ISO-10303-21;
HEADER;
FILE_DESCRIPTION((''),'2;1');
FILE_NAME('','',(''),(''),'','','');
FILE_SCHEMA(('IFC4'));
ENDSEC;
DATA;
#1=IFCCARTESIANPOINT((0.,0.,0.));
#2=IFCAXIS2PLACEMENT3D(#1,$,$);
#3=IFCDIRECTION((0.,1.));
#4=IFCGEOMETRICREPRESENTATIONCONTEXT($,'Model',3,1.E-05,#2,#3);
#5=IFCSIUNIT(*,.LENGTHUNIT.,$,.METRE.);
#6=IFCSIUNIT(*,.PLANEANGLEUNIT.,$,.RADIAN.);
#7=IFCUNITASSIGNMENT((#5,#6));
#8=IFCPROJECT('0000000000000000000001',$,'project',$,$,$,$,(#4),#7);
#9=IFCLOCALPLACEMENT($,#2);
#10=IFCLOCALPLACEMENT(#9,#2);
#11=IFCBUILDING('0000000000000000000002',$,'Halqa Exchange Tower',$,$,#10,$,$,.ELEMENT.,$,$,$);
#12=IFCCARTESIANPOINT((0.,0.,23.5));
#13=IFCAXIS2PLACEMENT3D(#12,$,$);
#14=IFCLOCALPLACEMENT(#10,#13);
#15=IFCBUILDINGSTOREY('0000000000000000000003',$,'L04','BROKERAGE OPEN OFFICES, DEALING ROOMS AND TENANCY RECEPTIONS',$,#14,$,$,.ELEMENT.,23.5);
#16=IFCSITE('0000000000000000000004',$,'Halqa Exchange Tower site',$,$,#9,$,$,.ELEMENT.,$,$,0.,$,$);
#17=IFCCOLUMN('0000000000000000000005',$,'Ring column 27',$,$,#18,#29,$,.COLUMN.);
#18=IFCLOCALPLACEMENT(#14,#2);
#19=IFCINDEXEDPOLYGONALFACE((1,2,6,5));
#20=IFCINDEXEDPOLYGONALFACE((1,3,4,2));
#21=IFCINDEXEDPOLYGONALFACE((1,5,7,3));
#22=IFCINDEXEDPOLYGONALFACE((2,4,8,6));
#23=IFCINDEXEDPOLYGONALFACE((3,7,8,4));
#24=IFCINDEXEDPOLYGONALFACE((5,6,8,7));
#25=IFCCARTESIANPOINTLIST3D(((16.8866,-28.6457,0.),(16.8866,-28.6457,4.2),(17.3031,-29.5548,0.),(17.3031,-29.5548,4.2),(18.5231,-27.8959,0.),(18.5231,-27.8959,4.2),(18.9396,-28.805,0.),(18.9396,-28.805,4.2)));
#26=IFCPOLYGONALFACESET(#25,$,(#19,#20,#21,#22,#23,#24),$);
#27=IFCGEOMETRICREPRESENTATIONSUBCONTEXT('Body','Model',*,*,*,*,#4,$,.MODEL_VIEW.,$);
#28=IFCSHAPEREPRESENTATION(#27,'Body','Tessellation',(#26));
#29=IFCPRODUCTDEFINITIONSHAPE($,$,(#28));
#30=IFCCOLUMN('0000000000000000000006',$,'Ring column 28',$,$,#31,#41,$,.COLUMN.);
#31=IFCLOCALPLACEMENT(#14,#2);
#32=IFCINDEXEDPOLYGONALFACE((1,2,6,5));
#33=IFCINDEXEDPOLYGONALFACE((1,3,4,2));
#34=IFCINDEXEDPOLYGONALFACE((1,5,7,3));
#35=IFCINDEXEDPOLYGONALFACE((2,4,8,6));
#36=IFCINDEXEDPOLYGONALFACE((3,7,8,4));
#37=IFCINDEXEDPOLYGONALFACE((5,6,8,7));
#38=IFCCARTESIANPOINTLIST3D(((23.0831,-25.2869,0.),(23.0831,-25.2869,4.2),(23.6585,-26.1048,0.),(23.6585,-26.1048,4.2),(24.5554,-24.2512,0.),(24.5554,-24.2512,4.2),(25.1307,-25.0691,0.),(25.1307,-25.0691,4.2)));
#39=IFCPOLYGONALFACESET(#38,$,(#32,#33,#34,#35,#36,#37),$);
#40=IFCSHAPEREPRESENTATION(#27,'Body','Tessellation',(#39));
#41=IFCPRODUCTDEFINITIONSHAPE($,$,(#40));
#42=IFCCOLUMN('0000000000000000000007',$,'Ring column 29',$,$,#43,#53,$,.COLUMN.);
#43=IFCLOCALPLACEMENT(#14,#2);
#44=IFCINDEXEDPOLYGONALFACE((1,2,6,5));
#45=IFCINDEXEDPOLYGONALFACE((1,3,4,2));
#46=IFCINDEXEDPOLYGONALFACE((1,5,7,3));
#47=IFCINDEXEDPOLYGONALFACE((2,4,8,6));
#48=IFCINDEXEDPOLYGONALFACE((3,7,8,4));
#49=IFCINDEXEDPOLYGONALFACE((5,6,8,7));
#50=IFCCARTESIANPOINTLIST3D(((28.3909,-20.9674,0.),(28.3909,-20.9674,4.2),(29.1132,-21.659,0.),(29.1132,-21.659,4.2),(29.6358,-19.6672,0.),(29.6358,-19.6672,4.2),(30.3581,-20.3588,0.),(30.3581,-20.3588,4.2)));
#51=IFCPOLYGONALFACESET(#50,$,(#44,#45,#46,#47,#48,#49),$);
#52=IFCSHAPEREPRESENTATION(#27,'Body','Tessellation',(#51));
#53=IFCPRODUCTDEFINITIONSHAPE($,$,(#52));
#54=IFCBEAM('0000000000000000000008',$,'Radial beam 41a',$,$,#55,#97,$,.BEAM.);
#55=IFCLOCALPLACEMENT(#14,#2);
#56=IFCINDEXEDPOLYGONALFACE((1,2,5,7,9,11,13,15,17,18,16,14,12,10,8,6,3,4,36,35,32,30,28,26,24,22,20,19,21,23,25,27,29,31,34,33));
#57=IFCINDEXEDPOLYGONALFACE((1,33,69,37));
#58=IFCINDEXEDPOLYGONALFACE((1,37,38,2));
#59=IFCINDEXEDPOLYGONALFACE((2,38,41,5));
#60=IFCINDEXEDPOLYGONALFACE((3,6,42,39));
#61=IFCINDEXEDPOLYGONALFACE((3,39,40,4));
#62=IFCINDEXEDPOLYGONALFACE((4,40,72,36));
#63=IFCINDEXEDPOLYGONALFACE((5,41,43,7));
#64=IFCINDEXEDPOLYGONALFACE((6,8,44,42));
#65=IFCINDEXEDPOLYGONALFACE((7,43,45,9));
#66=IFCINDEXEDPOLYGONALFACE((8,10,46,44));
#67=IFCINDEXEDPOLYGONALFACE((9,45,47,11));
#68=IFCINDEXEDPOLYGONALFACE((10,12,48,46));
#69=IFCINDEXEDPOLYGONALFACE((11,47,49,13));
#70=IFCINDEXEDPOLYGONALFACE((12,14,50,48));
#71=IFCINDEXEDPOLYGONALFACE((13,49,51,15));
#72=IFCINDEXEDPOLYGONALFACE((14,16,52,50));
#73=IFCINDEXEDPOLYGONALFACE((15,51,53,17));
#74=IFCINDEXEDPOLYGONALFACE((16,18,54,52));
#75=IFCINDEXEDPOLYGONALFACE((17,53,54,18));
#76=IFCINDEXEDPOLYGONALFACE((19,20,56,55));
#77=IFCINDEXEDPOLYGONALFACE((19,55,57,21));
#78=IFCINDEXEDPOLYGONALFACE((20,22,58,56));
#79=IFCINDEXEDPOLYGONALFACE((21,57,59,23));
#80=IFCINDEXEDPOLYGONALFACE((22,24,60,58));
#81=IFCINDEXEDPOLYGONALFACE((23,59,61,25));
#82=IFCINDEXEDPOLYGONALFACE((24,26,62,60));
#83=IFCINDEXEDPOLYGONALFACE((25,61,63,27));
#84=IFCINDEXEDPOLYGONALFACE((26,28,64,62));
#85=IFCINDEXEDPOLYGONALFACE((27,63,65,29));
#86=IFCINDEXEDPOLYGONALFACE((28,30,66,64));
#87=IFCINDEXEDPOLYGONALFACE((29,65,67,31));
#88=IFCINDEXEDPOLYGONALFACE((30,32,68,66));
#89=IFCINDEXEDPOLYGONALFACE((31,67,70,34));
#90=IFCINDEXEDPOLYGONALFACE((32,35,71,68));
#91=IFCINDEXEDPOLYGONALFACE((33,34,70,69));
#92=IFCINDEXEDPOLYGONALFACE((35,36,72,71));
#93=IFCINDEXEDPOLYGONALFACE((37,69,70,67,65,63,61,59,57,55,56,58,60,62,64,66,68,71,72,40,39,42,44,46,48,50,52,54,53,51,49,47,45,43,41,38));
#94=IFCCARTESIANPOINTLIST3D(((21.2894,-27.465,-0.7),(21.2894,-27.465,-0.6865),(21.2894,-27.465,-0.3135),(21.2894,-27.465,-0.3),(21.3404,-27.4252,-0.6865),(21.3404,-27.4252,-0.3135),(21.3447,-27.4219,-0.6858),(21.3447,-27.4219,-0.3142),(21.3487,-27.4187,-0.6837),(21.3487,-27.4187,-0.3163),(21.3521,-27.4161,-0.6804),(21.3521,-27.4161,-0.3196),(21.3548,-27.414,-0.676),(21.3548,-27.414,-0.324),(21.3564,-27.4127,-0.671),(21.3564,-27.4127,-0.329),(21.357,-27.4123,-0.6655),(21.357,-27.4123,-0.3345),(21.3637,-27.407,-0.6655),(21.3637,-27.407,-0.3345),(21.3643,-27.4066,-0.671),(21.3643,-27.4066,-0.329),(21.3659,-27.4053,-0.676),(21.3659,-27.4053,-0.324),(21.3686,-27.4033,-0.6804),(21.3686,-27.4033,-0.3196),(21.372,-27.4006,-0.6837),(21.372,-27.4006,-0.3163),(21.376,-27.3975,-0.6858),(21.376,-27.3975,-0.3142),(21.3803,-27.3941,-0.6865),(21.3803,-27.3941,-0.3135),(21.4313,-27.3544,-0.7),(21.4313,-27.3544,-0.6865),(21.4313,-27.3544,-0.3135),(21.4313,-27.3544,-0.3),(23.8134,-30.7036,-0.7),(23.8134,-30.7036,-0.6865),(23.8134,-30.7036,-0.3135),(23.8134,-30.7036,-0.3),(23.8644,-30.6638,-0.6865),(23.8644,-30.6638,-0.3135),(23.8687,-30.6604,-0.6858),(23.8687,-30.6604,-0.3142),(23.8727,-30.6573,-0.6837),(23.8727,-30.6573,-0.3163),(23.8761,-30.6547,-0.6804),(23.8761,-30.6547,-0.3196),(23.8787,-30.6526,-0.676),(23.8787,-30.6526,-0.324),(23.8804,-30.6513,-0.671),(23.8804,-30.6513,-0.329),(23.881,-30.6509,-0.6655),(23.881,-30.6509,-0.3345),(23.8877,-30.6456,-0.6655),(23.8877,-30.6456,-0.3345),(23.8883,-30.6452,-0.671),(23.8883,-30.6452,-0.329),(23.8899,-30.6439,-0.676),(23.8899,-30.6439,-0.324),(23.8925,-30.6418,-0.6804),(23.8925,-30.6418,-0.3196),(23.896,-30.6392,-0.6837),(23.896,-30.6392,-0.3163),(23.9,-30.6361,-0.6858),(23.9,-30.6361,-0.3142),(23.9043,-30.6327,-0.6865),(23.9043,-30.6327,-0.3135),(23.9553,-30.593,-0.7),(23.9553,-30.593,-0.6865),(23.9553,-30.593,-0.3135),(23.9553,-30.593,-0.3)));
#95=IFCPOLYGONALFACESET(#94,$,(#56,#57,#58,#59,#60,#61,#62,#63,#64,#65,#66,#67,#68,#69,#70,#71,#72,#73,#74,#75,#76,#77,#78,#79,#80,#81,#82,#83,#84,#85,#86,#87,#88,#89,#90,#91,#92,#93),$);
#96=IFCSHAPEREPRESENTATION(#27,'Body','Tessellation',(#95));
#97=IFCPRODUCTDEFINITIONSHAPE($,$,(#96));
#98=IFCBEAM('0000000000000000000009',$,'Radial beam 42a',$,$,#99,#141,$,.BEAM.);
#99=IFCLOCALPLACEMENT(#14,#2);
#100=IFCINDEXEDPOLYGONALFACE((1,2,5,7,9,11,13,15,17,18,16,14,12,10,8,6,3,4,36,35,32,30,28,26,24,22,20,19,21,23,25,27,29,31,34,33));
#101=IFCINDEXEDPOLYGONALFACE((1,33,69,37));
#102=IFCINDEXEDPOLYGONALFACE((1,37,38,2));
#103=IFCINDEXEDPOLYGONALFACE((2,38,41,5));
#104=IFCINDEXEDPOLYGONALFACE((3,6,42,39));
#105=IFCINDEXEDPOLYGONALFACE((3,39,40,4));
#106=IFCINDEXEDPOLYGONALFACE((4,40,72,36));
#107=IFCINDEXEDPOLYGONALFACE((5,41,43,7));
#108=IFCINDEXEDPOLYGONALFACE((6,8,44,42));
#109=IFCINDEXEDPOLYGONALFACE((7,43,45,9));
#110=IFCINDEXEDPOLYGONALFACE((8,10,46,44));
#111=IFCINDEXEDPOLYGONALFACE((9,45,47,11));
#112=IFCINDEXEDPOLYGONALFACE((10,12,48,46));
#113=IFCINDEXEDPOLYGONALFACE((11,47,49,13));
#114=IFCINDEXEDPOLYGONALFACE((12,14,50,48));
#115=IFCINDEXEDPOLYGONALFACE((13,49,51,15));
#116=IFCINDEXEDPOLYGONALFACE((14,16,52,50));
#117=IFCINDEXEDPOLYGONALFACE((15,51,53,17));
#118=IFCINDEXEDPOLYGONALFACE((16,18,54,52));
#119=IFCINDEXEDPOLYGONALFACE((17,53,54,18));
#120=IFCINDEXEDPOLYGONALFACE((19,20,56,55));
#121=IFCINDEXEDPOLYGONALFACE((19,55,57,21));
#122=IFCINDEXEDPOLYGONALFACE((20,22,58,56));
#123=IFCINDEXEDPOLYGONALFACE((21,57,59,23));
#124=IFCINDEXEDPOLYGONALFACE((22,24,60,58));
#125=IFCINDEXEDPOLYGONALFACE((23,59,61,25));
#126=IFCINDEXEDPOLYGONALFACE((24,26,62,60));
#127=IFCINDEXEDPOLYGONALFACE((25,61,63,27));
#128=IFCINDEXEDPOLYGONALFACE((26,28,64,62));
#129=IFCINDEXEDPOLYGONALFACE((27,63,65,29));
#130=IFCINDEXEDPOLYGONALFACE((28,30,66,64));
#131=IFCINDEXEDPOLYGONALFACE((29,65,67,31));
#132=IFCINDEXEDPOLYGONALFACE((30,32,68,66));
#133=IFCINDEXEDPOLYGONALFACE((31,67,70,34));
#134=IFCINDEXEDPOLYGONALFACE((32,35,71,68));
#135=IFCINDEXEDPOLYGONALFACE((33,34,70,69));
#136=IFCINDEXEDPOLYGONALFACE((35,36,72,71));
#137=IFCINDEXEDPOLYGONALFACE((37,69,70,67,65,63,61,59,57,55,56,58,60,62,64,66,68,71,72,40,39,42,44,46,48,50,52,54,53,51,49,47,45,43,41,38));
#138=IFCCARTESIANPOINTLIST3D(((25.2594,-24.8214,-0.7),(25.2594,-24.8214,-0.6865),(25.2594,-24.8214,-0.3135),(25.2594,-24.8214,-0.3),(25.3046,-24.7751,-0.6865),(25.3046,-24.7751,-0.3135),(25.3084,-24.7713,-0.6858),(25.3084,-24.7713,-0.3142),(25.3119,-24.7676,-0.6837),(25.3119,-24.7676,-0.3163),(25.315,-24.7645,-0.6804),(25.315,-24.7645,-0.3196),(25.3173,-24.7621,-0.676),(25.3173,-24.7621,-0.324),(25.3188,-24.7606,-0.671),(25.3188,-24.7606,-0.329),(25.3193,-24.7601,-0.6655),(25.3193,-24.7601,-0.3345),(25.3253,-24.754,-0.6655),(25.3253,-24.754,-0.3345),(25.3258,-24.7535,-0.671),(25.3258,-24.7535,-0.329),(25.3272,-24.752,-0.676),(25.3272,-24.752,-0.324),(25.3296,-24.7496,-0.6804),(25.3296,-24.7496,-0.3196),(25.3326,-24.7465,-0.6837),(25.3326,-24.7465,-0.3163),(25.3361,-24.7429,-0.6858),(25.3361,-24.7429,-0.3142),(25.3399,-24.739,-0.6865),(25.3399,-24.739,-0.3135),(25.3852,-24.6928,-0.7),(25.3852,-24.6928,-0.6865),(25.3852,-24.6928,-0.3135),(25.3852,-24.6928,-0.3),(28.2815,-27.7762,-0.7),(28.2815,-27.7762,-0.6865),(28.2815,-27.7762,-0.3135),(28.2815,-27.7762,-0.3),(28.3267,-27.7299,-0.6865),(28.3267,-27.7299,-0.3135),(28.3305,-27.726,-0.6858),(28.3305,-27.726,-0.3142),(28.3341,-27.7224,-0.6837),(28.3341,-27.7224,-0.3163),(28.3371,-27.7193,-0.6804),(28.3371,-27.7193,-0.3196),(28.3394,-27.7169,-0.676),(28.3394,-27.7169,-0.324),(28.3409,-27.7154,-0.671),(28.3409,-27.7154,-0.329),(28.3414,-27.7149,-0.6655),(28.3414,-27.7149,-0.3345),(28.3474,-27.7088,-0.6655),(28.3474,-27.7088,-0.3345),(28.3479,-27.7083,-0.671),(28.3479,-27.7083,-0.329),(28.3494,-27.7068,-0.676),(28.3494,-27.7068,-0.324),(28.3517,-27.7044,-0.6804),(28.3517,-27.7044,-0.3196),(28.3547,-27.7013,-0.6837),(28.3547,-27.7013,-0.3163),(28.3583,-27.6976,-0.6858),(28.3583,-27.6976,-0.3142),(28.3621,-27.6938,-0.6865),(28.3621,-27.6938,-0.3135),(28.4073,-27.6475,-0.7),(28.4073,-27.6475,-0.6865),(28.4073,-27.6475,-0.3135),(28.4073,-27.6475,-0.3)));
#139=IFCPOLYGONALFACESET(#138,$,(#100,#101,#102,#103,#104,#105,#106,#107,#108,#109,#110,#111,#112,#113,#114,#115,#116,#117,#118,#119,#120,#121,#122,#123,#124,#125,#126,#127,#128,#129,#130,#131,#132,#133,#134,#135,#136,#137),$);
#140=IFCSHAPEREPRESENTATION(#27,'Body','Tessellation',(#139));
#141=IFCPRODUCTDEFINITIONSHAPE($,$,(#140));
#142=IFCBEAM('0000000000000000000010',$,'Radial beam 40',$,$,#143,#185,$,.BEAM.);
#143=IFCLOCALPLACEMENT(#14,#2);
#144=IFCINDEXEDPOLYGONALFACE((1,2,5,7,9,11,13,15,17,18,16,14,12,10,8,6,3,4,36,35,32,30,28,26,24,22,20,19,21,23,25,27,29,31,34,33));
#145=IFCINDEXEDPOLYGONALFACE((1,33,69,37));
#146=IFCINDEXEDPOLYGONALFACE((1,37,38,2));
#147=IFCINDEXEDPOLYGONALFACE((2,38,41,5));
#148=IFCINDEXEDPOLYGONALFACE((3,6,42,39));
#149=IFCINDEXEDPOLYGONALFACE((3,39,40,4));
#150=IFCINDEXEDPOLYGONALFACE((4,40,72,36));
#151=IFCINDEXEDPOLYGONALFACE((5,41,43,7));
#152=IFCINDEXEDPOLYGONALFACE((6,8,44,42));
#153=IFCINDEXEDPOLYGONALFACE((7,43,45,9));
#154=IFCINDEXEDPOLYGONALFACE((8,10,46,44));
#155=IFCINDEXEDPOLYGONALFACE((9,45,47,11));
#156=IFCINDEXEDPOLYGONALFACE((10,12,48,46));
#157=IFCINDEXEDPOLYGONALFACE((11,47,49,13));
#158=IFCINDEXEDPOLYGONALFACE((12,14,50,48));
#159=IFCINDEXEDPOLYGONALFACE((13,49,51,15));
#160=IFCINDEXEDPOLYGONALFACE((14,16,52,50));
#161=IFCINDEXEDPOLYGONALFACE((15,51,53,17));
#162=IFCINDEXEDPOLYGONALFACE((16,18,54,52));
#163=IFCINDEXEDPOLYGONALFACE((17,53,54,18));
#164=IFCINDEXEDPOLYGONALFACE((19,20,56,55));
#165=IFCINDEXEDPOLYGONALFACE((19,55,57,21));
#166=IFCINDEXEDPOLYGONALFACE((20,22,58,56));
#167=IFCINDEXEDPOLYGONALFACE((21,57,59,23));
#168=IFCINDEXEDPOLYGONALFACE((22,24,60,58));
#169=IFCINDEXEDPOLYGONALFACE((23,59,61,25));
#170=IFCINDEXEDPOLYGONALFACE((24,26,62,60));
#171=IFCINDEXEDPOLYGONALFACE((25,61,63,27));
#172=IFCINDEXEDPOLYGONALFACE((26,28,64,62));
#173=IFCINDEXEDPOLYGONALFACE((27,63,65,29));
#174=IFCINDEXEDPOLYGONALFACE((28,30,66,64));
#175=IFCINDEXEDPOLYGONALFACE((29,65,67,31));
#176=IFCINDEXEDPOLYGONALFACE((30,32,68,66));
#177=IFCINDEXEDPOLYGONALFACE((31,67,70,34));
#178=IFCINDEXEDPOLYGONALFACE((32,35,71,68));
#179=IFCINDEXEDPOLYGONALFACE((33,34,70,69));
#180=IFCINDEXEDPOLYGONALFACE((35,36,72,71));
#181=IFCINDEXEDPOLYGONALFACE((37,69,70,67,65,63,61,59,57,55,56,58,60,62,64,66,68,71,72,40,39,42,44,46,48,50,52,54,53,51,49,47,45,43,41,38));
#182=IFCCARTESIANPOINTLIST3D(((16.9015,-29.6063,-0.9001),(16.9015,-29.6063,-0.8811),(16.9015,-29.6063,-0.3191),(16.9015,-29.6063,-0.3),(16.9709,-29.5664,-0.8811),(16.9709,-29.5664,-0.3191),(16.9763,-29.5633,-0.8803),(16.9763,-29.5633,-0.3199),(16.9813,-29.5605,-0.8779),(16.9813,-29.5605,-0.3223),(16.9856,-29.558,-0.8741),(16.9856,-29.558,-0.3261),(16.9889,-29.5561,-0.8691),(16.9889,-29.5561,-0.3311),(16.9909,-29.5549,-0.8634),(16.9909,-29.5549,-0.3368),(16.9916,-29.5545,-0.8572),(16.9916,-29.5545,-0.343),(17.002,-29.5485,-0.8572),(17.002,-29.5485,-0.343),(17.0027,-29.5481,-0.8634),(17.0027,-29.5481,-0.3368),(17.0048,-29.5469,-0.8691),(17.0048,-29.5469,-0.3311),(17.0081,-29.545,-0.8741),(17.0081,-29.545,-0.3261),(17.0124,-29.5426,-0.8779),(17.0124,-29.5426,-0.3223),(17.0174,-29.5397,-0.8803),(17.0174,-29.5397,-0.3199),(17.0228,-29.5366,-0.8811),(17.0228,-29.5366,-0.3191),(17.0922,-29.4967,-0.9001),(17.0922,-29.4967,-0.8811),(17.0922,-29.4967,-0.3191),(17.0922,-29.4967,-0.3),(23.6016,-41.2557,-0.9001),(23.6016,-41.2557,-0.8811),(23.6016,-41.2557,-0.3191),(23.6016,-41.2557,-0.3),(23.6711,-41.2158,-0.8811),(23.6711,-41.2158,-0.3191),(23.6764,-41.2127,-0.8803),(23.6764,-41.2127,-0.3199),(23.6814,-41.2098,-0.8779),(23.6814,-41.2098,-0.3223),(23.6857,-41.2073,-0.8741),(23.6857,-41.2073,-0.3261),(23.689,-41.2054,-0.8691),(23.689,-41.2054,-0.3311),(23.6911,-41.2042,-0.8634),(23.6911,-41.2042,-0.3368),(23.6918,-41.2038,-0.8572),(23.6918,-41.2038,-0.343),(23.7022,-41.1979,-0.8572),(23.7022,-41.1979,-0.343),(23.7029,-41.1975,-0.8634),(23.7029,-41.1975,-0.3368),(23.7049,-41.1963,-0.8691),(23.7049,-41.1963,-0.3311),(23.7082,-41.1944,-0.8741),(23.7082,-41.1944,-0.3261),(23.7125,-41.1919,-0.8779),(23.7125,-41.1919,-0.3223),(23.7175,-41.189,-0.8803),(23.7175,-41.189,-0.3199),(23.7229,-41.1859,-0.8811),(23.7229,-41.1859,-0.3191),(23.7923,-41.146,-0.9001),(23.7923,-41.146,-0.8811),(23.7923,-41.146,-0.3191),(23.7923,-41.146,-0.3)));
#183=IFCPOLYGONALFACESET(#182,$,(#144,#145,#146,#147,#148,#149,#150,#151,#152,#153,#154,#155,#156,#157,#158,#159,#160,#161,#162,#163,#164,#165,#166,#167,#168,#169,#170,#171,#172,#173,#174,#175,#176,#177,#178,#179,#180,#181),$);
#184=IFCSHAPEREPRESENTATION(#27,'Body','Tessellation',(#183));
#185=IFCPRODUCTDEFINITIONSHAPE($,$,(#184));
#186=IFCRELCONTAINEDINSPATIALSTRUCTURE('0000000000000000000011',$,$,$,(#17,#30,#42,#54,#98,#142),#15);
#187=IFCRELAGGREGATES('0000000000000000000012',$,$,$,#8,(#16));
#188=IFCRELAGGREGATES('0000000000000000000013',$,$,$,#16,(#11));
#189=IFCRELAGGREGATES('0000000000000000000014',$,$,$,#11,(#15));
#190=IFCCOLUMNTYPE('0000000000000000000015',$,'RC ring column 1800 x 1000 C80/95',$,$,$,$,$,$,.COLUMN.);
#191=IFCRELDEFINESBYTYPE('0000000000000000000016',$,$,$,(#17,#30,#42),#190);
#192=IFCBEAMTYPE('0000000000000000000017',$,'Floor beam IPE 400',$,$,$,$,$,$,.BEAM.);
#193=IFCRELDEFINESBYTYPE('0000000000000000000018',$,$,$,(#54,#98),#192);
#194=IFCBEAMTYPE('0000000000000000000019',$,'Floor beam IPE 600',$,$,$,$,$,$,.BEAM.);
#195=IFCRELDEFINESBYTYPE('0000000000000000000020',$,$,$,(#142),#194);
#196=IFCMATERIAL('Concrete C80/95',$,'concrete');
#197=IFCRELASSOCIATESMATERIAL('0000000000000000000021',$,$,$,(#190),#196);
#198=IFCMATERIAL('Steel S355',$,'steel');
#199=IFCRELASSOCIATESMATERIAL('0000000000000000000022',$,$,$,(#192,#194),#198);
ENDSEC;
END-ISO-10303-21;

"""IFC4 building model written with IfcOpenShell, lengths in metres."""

from ifc_helpers import new_model, si_unit, direction, frame, origin, origin_2d, place, context, subcontext, project, spatial, rectangle, i_section, extrude, material, material_profile, profile_set, type_object, element, save


model = new_model("IFC4")

# Units and contexts
model_context = context("Model", 3, precision=1e-05, world=origin(), true_north=direction((0.0, 1.0)))
body_context = subcontext(model_context, "Body", "Model", "MODEL_VIEW")
ifc_project = project(units=[si_unit("LENGTHUNIT", "METRE"), si_unit("PLANEANGLEUNIT", "RADIAN")], contexts=[model_context])

# Site, building, storey
site_placement = place(None, origin())
site = spatial("IfcSite", under=ifc_project, at=site_placement, Name="Halqa Exchange Tower site", CompositionType="ELEMENT", RefElevation=0.0)
building_placement = place(site_placement, origin())
building = spatial("IfcBuilding", under=site, at=building_placement, Name="Halqa Exchange Tower", CompositionType="ELEMENT")
storey_placement = place(building_placement, frame((0.0, 0.0, 23.5)))
storey = spatial("IfcBuildingStorey", under=building, at=storey_placement, Name="L04", Description="BROKERAGE OPEN OFFICES, DEALING ROOMS AND TENANCY RECEPTIONS", CompositionType="ELEMENT", Elevation=23.5)

# Columns
ifc_material_1 = material(Name="Concrete C80/95", Category="concrete")
ifc_material_profile_1 = material_profile(ifc_material_1, rectangle(XDim=1.8, YDim=1.0, at=origin_2d()), Name="1800 x 1000")
ifc_profile_set_1 = profile_set([ifc_material_profile_1], Name="Concrete C80/95")
column_type = type_object("IfcColumnType", Name="RC ring column 1800 x 1000 C80/95", PredefinedType="COLUMN", material=ifc_profile_set_1)
for number, where, z_axis, x_axis, name in (
    (1, (17.9131, -28.7253, 0.0), (0.0, 0.0, 1.0), (0.909126, 0.416522, 0.0), "Ring column 27"),
    (2, (24.1069, -25.178, 0.0), (0.0, 0.0, 1.0), (0.817909, 0.575348, 0.0), "Ring column 28"),
    (3, (29.3745, -20.6631, 0.0), (0.0, 0.0, 1.0), (0.691581, 0.722299, 0.0), "Ring column 29"),
):
    element("IfcColumn", number, at=place(storey_placement, frame(where, z_axis=z_axis, x_axis=x_axis)), inside=storey, type_object=column_type, Name=name, PredefinedType="COLUMN", context=body_context, shape_type="SweptSolid", body=[
        extrude(rectangle(XDim=1.8, YDim=1.0, at=origin_2d()), origin(), (0.0, 0.0, 1.0), 4.2),
    ])

# Beams
ifc_material_2 = material(Name="Steel S355", Category="steel")
ifc_material_profile_2 = material_profile(ifc_material_2, i_section(OverallWidth=0.1799, OverallDepth=0.3999, WebThickness=0.0085, FlangeThickness=0.0134, FilletRadius=0.021, at=origin_2d()), Name="IPE 400")
ifc_profile_set_2 = profile_set([ifc_material_profile_2], Name="Steel S355")
beam_type_1 = type_object("IfcBeamType", Name="Floor beam IPE 400", PredefinedType="BEAM", material=ifc_profile_set_2)
beam_1_placement = place(storey_placement, frame((21.3604, -27.4097, -0.5), z_axis=(0.61471, -0.788753, 0.0), x_axis=(0.788753, 0.61471, 0.0)))
element("IfcBeam", 4, at=beam_1_placement, inside=storey, type_object=beam_type_1, Name="Radial beam 41a", PredefinedType="BEAM", context=body_context, shape_type="SweptSolid", body=[
    extrude(i_section(OverallWidth=0.1799, OverallDepth=0.3999, WebThickness=0.0085, FlangeThickness=0.0134, FilletRadius=0.021, at=origin_2d()), origin(), (0.0, 0.0, 1.0), 4.106),
])
beam_2_placement = place(storey_placement, frame((25.3223, -24.7571, -0.5), z_axis=(0.715033, -0.699091, 0.0), x_axis=(0.699091, 0.715033, 0.0)))
element("IfcBeam", 5, at=beam_2_placement, inside=storey, type_object=beam_type_1, Name="Radial beam 42a", PredefinedType="BEAM", context=body_context, shape_type="SweptSolid", body=[
    extrude(i_section(OverallWidth=0.1799, OverallDepth=0.3999, WebThickness=0.0085, FlangeThickness=0.0134, FilletRadius=0.021, at=origin_2d()), origin(), (0.0, 0.0, 1.0), 4.2266),
])
ifc_material_profile_3 = material_profile(ifc_material_2, i_section(OverallWidth=0.22, OverallDepth=0.6001, WebThickness=0.012, FlangeThickness=0.019, FilletRadius=0.0239, at=origin_2d()), Name="IPE 600")
ifc_profile_set_3 = profile_set([ifc_material_profile_3], Name="Steel S355")
beam_type_2 = type_object("IfcBeamType", Name="Floor beam IPE 600", PredefinedType="BEAM", material=ifc_profile_set_3)
beam_3_placement = place(storey_placement, frame((16.9968, -29.5515, -0.6001), z_axis=(0.498571, -0.866849, 0.0), x_axis=(0.866849, 0.498571, 0.0)))
element("IfcBeam", 6, at=beam_3_placement, inside=storey, type_object=beam_type_2, Name="Radial beam 40", PredefinedType="BEAM", context=body_context, shape_type="SweptSolid", body=[
    extrude(i_section(OverallWidth=0.22, OverallDepth=0.6001, WebThickness=0.012, FlangeThickness=0.019, FilletRadius=0.0239, at=origin_2d()), origin(), (0.0, 0.0, 1.0), 13.4387),
])

save(model, "model.ifc")
